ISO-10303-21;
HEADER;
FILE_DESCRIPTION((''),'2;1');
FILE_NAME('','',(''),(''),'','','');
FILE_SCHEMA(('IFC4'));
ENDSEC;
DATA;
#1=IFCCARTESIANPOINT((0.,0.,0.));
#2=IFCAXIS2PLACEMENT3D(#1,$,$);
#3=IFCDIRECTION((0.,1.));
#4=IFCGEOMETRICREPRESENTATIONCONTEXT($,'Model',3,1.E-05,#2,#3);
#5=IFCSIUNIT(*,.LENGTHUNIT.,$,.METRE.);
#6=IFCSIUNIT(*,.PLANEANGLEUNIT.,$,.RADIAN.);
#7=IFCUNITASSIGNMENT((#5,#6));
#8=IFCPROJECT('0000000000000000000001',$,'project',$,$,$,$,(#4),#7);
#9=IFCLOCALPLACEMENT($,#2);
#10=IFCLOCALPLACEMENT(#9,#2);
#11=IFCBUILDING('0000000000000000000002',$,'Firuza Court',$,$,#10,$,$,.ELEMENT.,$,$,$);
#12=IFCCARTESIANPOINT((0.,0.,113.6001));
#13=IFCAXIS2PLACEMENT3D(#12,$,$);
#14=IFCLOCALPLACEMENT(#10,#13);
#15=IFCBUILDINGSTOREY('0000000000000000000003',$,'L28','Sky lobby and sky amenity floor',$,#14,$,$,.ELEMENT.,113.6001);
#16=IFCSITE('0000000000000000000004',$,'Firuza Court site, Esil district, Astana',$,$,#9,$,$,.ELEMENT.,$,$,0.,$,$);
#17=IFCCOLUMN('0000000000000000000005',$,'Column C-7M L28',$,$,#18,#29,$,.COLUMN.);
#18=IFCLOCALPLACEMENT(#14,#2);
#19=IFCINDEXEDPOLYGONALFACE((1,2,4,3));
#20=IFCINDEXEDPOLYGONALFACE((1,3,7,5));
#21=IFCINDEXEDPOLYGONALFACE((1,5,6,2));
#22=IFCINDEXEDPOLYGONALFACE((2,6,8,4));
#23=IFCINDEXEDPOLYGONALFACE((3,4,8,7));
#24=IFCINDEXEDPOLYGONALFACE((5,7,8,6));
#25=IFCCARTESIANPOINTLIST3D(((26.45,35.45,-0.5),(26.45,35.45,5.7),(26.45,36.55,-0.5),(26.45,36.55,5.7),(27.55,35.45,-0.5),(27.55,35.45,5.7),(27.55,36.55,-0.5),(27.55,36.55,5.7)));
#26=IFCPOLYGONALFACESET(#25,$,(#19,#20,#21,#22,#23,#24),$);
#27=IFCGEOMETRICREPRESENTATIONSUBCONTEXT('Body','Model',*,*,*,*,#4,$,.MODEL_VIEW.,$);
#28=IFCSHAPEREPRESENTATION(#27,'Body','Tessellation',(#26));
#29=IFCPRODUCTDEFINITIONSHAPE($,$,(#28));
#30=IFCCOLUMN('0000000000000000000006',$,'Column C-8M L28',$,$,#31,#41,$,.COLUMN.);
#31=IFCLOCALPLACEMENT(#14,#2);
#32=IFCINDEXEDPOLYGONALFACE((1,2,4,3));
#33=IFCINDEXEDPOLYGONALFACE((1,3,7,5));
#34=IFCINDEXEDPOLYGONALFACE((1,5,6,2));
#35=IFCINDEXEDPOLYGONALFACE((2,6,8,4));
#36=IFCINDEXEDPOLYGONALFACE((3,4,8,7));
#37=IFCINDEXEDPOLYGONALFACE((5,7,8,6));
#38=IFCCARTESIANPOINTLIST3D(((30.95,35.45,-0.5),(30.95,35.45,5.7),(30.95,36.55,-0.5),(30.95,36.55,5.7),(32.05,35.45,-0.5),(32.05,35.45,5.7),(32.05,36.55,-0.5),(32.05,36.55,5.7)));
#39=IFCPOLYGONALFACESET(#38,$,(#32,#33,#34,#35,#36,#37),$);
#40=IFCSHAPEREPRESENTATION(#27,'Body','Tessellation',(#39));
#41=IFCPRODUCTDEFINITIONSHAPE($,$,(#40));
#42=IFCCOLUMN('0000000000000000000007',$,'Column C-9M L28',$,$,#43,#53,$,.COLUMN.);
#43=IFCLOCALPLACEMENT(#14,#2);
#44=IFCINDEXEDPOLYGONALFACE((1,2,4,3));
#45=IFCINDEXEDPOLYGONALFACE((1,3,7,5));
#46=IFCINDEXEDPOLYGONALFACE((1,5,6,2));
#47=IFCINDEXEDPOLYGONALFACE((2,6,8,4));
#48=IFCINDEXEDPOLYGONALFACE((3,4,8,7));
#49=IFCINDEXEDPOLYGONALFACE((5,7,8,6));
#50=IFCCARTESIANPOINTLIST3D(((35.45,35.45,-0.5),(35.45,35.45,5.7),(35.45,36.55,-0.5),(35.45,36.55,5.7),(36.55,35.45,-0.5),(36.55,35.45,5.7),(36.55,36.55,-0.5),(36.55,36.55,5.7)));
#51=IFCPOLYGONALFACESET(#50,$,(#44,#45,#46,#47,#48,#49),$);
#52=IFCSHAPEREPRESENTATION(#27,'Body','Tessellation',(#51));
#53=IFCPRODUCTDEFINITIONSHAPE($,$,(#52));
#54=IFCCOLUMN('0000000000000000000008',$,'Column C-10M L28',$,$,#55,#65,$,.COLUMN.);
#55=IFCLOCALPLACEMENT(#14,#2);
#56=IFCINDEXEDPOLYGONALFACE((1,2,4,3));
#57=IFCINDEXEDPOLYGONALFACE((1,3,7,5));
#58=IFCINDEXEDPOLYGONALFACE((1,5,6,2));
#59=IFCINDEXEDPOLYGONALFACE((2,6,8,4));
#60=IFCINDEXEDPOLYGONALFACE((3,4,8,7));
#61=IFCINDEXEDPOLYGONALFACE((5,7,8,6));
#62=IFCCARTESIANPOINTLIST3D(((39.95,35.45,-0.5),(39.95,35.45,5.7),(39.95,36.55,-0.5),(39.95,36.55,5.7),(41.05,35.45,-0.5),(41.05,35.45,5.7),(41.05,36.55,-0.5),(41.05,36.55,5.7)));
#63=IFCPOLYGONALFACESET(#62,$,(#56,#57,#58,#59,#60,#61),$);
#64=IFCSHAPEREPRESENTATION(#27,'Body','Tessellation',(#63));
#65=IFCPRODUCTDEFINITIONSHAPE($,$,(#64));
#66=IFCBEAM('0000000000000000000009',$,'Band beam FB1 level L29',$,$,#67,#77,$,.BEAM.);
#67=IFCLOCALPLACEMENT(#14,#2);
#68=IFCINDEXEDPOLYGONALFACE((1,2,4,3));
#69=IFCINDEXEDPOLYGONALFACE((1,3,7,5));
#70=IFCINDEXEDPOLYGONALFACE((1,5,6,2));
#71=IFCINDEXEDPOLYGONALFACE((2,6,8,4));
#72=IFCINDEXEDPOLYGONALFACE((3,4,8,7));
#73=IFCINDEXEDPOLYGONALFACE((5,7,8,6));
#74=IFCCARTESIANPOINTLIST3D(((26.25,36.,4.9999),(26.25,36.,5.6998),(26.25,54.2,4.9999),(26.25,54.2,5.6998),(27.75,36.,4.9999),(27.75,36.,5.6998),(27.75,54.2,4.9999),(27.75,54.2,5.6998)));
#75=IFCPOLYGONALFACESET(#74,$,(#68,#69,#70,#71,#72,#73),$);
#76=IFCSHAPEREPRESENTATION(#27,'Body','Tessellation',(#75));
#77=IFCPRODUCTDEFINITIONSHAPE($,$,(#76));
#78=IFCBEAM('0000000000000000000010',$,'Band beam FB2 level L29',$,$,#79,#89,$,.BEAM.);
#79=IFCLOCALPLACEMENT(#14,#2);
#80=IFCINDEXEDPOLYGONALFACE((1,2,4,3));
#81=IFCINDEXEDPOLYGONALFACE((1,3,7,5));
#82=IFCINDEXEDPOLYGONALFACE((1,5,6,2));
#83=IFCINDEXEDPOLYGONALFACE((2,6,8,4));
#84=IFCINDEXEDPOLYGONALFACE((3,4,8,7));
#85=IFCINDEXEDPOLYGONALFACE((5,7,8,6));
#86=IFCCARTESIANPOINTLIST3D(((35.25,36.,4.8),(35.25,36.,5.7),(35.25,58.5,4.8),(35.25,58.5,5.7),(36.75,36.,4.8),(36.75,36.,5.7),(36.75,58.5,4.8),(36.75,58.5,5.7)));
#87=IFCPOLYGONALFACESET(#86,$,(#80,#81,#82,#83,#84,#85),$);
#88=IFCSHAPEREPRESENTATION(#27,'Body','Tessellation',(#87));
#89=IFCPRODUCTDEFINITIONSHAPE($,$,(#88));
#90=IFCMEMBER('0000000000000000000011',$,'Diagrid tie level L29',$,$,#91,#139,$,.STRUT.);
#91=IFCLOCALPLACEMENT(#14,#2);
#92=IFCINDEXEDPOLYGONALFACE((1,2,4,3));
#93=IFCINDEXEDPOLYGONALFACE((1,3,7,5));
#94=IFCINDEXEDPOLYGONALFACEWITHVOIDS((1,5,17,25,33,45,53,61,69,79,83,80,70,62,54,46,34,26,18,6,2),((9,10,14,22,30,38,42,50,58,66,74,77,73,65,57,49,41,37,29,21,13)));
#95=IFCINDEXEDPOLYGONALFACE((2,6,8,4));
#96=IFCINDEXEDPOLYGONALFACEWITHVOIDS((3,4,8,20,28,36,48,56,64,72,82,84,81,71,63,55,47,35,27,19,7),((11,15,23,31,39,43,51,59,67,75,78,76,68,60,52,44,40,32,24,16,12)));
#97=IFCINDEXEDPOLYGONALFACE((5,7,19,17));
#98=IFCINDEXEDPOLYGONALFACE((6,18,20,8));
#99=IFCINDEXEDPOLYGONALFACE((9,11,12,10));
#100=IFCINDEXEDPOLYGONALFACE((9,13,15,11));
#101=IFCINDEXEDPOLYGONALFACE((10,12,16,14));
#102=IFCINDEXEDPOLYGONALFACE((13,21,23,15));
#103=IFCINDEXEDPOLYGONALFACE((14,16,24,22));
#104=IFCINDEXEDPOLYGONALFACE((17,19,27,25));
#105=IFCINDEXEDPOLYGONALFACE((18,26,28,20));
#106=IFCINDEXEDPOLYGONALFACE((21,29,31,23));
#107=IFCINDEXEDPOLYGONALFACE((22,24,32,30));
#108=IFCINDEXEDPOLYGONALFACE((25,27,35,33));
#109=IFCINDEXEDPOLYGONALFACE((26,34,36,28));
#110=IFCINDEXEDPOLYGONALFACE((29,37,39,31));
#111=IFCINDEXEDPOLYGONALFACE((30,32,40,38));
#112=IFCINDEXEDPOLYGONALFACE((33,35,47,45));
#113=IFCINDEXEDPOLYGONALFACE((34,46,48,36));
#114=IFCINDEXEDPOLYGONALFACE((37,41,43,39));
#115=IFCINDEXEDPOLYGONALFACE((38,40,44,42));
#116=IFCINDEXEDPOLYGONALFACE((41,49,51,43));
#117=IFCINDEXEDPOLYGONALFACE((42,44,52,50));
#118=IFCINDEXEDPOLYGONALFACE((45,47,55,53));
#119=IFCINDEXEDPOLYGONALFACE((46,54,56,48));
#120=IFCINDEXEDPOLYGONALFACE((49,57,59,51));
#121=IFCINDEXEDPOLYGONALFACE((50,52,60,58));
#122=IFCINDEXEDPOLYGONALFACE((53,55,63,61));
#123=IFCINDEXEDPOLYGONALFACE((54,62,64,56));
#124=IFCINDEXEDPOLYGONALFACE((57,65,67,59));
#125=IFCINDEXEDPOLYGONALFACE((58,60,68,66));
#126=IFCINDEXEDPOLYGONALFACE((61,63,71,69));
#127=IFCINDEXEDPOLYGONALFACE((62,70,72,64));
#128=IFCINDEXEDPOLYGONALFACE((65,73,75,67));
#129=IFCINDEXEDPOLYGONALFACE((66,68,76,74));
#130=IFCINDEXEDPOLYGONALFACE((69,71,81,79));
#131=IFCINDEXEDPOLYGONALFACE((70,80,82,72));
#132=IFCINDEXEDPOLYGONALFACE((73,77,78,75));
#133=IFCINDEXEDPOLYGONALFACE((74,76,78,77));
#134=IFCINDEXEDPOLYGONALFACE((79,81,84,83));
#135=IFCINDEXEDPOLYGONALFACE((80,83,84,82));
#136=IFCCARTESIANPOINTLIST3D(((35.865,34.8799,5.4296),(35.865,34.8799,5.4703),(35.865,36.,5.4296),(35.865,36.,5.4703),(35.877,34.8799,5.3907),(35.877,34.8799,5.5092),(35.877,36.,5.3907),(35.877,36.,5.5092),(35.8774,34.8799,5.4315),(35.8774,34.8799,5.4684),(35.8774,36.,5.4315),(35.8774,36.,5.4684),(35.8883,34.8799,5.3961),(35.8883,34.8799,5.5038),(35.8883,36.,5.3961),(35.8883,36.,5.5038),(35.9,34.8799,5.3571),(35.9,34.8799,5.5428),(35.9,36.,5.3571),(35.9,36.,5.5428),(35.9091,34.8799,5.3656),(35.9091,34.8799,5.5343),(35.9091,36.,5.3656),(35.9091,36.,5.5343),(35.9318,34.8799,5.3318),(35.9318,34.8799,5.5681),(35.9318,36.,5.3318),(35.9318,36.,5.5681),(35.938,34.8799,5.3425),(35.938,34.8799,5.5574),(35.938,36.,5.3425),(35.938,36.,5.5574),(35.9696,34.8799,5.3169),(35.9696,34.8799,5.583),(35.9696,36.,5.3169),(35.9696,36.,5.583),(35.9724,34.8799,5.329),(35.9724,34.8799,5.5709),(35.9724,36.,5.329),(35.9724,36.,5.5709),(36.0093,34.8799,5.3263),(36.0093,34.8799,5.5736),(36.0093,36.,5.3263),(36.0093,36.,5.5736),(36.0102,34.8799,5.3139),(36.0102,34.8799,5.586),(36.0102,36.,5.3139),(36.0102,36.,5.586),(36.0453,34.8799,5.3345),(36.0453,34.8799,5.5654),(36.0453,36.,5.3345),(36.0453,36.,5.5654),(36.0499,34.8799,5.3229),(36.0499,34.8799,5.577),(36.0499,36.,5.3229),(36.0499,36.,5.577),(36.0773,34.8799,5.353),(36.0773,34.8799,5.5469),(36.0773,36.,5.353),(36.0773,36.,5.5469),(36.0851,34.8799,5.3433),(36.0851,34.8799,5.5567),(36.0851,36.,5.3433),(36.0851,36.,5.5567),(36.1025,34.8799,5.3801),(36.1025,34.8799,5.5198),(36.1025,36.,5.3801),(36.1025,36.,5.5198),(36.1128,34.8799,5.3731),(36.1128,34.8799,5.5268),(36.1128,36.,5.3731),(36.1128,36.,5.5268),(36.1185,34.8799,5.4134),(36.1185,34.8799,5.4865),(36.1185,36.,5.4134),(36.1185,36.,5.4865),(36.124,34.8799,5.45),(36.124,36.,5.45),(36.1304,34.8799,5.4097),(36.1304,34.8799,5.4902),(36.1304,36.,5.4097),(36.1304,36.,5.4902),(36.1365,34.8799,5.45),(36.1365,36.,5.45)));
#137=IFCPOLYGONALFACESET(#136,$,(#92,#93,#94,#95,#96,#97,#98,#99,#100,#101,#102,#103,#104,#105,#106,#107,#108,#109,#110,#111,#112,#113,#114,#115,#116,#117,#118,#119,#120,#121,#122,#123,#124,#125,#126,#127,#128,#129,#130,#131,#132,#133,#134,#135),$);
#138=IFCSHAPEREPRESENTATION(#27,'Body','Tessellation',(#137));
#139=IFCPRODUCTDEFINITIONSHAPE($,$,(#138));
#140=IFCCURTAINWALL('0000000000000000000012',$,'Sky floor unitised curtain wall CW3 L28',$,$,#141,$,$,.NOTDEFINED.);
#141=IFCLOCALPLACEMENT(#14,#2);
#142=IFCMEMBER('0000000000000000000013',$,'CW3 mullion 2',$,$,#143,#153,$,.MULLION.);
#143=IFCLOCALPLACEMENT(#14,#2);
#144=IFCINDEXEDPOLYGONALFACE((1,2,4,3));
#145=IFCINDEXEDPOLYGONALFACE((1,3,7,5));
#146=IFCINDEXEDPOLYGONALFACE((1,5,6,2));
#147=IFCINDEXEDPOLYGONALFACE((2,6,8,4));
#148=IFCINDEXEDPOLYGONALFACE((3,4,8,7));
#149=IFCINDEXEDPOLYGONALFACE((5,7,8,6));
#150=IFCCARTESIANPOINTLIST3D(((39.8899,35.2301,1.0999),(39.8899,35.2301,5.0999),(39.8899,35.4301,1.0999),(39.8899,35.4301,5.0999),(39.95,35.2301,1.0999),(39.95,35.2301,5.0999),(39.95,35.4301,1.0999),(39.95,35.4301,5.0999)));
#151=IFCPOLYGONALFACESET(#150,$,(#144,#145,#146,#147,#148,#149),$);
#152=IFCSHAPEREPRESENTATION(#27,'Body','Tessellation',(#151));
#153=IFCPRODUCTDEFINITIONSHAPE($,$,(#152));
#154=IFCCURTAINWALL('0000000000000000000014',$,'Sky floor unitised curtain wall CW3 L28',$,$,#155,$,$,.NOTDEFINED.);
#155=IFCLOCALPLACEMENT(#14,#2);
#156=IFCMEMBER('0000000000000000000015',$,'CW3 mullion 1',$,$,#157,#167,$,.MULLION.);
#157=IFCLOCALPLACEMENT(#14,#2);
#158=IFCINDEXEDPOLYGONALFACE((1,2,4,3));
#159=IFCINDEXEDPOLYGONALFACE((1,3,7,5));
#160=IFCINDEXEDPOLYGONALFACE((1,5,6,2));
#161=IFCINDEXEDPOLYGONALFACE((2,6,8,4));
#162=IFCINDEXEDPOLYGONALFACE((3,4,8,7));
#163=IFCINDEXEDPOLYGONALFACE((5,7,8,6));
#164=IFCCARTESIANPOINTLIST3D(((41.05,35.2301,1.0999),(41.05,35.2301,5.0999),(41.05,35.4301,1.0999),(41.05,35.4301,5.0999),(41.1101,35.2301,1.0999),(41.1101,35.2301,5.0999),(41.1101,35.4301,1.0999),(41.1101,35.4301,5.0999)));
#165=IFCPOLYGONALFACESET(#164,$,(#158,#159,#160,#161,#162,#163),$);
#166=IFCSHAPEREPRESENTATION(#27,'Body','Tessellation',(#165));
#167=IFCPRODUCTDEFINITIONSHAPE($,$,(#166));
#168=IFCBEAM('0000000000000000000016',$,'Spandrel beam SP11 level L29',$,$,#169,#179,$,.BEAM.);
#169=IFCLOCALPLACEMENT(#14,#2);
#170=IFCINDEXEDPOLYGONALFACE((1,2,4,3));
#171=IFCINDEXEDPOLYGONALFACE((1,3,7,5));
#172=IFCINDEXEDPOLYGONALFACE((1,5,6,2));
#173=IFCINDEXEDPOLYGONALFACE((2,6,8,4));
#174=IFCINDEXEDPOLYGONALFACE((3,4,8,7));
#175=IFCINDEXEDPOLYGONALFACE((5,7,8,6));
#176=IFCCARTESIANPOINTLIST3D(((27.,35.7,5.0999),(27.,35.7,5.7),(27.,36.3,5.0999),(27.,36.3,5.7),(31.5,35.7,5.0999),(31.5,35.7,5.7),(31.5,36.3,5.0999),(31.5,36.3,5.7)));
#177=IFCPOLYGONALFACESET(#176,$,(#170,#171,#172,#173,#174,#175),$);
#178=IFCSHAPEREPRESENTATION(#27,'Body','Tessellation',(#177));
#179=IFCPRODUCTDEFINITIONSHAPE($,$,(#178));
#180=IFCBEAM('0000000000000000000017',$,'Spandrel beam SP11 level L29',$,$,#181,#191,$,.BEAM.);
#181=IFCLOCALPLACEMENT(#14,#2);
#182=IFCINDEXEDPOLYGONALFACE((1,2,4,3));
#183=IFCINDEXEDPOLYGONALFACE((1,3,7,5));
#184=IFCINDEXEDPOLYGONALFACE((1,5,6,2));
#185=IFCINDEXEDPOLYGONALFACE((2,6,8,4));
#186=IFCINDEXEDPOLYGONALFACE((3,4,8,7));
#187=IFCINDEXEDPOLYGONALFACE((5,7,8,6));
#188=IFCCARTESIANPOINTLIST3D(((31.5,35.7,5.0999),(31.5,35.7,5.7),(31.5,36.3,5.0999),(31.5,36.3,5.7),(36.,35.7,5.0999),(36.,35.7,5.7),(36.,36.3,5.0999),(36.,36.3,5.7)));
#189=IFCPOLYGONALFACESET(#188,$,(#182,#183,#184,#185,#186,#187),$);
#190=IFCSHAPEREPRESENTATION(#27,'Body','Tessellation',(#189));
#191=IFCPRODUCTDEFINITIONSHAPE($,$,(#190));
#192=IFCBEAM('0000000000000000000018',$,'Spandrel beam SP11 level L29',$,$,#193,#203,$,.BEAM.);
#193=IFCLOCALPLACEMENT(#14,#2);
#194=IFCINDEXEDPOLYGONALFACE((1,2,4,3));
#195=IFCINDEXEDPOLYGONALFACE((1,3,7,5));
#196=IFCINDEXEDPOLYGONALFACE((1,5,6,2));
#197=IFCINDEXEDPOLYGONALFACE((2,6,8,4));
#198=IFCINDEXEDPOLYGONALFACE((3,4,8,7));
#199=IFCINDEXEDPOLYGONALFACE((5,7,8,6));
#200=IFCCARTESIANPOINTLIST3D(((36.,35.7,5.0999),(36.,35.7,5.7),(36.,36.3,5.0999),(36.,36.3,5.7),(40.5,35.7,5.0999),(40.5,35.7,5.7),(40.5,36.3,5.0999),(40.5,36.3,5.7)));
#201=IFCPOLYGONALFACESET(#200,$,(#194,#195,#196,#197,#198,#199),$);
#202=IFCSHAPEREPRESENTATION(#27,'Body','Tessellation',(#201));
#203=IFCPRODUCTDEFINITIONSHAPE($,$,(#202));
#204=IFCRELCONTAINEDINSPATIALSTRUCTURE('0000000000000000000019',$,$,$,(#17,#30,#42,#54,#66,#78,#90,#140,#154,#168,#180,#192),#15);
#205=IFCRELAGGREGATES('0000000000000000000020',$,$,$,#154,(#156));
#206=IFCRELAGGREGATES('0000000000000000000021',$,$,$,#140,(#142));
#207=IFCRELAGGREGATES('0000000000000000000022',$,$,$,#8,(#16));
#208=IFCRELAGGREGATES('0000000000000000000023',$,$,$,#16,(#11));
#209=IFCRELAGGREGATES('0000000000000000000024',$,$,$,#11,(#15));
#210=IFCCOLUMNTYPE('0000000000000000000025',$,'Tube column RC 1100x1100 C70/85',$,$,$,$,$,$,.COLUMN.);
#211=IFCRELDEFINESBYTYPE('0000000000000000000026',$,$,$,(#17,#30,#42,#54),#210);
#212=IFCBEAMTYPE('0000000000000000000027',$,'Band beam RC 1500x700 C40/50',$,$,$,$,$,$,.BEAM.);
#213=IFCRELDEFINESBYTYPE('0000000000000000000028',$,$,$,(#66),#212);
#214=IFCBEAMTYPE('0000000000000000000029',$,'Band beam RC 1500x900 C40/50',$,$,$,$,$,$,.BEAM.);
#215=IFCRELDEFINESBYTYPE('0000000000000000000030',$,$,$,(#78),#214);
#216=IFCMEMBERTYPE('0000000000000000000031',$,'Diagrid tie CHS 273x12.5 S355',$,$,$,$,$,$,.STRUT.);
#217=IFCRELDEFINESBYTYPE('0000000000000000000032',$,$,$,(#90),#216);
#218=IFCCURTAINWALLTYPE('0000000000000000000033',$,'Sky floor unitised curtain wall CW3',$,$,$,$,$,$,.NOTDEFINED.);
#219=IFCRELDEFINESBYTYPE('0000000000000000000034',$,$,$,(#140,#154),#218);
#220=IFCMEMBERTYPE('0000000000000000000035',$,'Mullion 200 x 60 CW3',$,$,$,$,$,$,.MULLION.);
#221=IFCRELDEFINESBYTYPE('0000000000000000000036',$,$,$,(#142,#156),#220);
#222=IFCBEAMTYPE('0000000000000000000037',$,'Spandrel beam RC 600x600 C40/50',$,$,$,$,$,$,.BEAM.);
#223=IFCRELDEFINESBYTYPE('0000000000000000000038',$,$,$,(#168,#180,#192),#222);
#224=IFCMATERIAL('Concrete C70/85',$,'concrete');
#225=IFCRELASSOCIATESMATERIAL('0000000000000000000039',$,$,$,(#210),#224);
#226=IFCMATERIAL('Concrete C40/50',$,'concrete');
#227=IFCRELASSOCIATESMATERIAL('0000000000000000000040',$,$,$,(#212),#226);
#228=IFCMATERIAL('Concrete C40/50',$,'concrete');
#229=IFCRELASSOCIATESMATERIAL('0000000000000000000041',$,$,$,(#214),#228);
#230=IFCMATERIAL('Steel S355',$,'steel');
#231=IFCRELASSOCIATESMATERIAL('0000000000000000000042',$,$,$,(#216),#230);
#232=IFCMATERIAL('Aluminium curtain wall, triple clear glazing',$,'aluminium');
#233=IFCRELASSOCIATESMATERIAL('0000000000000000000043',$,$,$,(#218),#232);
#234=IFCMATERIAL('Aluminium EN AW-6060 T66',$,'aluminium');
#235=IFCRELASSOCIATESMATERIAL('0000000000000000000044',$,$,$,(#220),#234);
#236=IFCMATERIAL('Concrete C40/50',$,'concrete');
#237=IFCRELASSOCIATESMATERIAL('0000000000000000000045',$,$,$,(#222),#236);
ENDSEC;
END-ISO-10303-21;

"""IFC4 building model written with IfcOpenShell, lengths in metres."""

from ifc_helpers import new_model, si_unit, direction, frame, origin, origin_2d, place, context, subcontext, project, spatial, rectangle, hollow_circle, extrude, material, material_profile, profile_set, type_object, element, aggregate, save


model = new_model("IFC4")

# Units and contexts
model_context = context("Model", 3, precision=1e-05, world=origin(), true_north=direction((0.0, 1.0)))
body_context = subcontext(model_context, "Body", "Model", "MODEL_VIEW")
ifc_project = project(units=[si_unit("LENGTHUNIT", "METRE"), si_unit("PLANEANGLEUNIT", "RADIAN")], contexts=[model_context])

# Site, building, storey
site_placement = place(None, origin())
site = spatial("IfcSite", under=ifc_project, at=site_placement, Name="Firuza Court site, Esil district, Astana", CompositionType="ELEMENT", RefElevation=0.0)
building_placement = place(site_placement, origin())
building = spatial("IfcBuilding", under=site, at=building_placement, Name="Firuza Court", CompositionType="ELEMENT")
storey_placement = place(building_placement, frame((0.0, 0.0, 113.6001)))
storey = spatial("IfcBuildingStorey", under=building, at=storey_placement, Name="L28", Description="Sky lobby and sky amenity floor", CompositionType="ELEMENT", Elevation=113.6001)

# Columns
ifc_material_1 = material(Name="Concrete C70/85", Category="concrete")
ifc_material_profile_1 = material_profile(ifc_material_1, rectangle(XDim=1.1001, YDim=1.1001, at=origin_2d()), Name="RC 1100x1100")
ifc_profile_set_1 = profile_set([ifc_material_profile_1], Name="Concrete C70/85")
column_type = type_object("IfcColumnType", Name="Tube column RC 1100x1100 C70/85", PredefinedType="COLUMN", material=ifc_profile_set_1)
for number, where, z_axis, x_axis, name in (
    (1, (27.0, 36.0, -0.5), (0.0, 0.0, 1.0), (1.0, 0.0, 0.0), "Column C-7M L28"),
    (2, (31.5, 36.0, -0.5), (0.0, 0.0, 1.0), (1.0, 0.0, 0.0), "Column C-8M L28"),
    (3, (36.0, 36.0, -0.5), (0.0, 0.0, 1.0), (1.0, 0.0, 0.0), "Column C-9M L28"),
    (4, (40.5, 36.0, -0.5), (0.0, 0.0, 1.0), (1.0, 0.0, 0.0), "Column C-10M L28"),
):
    element("IfcColumn", number, at=place(storey_placement, frame(where, z_axis=z_axis, x_axis=x_axis)), inside=storey, type_object=column_type, Name=name, PredefinedType="COLUMN", context=body_context, shape_type="SweptSolid", body=[
        extrude(rectangle(XDim=1.1001, YDim=1.1001, at=origin_2d()), origin(), (0.0, 0.0, 1.0), 6.2),
    ])

# Beams
ifc_material_2 = material(Name="Concrete C40/50", Category="concrete")
ifc_material_profile_2 = material_profile(ifc_material_2, rectangle(XDim=1.5, YDim=0.7, at=origin_2d()), Name="RC 1500x700")
ifc_profile_set_2 = profile_set([ifc_material_profile_2], Name="Concrete C40/50")
beam_type_1 = type_object("IfcBeamType", Name="Band beam RC 1500x700 C40/50", PredefinedType="BEAM", material=ifc_profile_set_2)
beam_1_placement = place(storey_placement, frame((27.0, 36.0, 5.3499), z_axis=(0.0, 1.0, 0.0), x_axis=(-1.0, 0.0, 0.0)))
element("IfcBeam", 5, at=beam_1_placement, inside=storey, type_object=beam_type_1, Name="Band beam FB1 level L29", PredefinedType="BEAM", context=body_context, shape_type="SweptSolid", body=[
    extrude(rectangle(XDim=1.5, YDim=0.7, at=origin_2d()), origin(), (0.0, 0.0, 1.0), 18.2),
])
ifc_material_3 = material(Name="Concrete C40/50", Category="concrete")
ifc_material_profile_3 = material_profile(ifc_material_3, rectangle(XDim=1.5, YDim=0.8999, at=origin_2d()), Name="RC 1500x900")
ifc_profile_set_3 = profile_set([ifc_material_profile_3], Name="Concrete C40/50")
beam_type_2 = type_object("IfcBeamType", Name="Band beam RC 1500x900 C40/50", PredefinedType="BEAM", material=ifc_profile_set_3)
beam_2_placement = place(storey_placement, frame((36.0, 36.0, 5.25), z_axis=(0.0, 1.0, 0.0), x_axis=(-1.0, 0.0, 0.0)))
element("IfcBeam", 6, at=beam_2_placement, inside=storey, type_object=beam_type_2, Name="Band beam FB2 level L29", PredefinedType="BEAM", context=body_context, shape_type="SweptSolid", body=[
    extrude(rectangle(XDim=1.5, YDim=0.8999, at=origin_2d()), origin(), (0.0, 0.0, 1.0), 22.5),
])

# Member
ifc_material_4 = material(Name="Steel S355", Category="steel")
ifc_material_profile_4 = material_profile(ifc_material_4, hollow_circle(Radius=0.1365, WallThickness=0.0125, at=origin_2d()), Name="CHS 273x12.5")
ifc_profile_set_4 = profile_set([ifc_material_profile_4], Name="Steel S355")
member_type_1 = type_object("IfcMemberType", Name="Diagrid tie CHS 273x12.5 S355", PredefinedType="STRUT", material=ifc_profile_set_4)
member_1_placement = place(storey_placement, frame((36.0, 36.0, 5.45), z_axis=(0.0, -1.0, 0.0), x_axis=(1.0, 0.0, 0.0)))
element("IfcMember", 7, at=member_1_placement, inside=storey, type_object=member_type_1, Name="Diagrid tie level L29", PredefinedType="STRUT", context=body_context, shape_type="SweptSolid", body=[
    extrude(hollow_circle(Radius=0.1365, WallThickness=0.0125, at=origin_2d()), origin(), (0.0, 0.0, 1.0), 1.1201),
])

# Curtain walls, members
ifc_material_5 = material(Name="Aluminium curtain wall, triple clear glazing", Category="aluminium")
curtain_wall_type = type_object("IfcCurtainWallType", Name="Sky floor unitised curtain wall CW3", PredefinedType="NOTDEFINED", material=ifc_material_5)
curtain_wall_1_placement = place(storey_placement, origin())
curtain_wall_1 = element("IfcCurtainWall", 8, at=curtain_wall_1_placement, inside=storey, type_object=curtain_wall_type, Name="Sky floor unitised curtain wall CW3 L28", PredefinedType="NOTDEFINED")
ifc_material_6 = material(Name="Aluminium EN AW-6060 T66", Category="aluminium")
ifc_material_profile_5 = material_profile(ifc_material_6, rectangle(XDim=0.2, YDim=0.0601, at=origin_2d()), Name="Mullion 200 x 60 CW3")
ifc_profile_set_5 = profile_set([ifc_material_profile_5], Name="Aluminium EN AW-6060 T66")
member_type_2 = type_object("IfcMemberType", Name="Mullion 200 x 60 CW3", PredefinedType="MULLION", material=ifc_profile_set_5)
member_2_placement = place(storey_placement, frame((39.9199, 35.3301, 1.0999), z_axis=(0.0, 0.0, 1.0), x_axis=(0.0, 1.0, 0.0)))
member_2 = element("IfcMember", 9, at=member_2_placement, type_object=member_type_2, Name="CW3 mullion 2", PredefinedType="MULLION", context=body_context, shape_type="SweptSolid", body=[
    extrude(rectangle(XDim=0.2, YDim=0.0601, at=origin_2d()), origin(), (0.0, 0.0, 1.0), 4.0),
])
curtain_wall_2_placement = place(storey_placement, origin())
curtain_wall_2 = element("IfcCurtainWall", 10, at=curtain_wall_2_placement, inside=storey, type_object=curtain_wall_type, Name="Sky floor unitised curtain wall CW3 L28", PredefinedType="NOTDEFINED")
member_3_placement = place(storey_placement, frame((41.0801, 35.3301, 1.0999), z_axis=(0.0, 0.0, 1.0), x_axis=(0.0, 1.0, 0.0)))
member_3 = element("IfcMember", 11, at=member_3_placement, type_object=member_type_2, Name="CW3 mullion 1", PredefinedType="MULLION", context=body_context, shape_type="SweptSolid", body=[
    extrude(rectangle(XDim=0.2, YDim=0.0601, at=origin_2d()), origin(), (0.0, 0.0, 1.0), 4.0),
])
aggregate(curtain_wall_2, [member_3])

# Beams
ifc_material_7 = material(Name="Concrete C40/50", Category="concrete")
ifc_material_profile_6 = material_profile(ifc_material_7, rectangle(XDim=0.6001, YDim=0.6001, at=origin_2d()), Name="RC 600x600")
ifc_profile_set_6 = profile_set([ifc_material_profile_6], Name="Concrete C40/50")
beam_type_3 = type_object("IfcBeamType", Name="Spandrel beam RC 600x600 C40/50", PredefinedType="BEAM", material=ifc_profile_set_6)
for number, where, z_axis, x_axis, name in (
    (12, (27.0, 36.0, 5.3999), (1.0, 0.0, 0.0), (0.0, 1.0, 0.0), "Spandrel beam SP11 level L29"),
    (13, (31.5, 36.0, 5.3999), (1.0, 0.0, 0.0), (0.0, 1.0, 0.0), "Spandrel beam SP11 level L29"),
    (14, (36.0, 36.0, 5.3999), (1.0, 0.0, 0.0), (0.0, 1.0, 0.0), "Spandrel beam SP11 level L29"),
):
    element("IfcBeam", number, at=place(storey_placement, frame(where, z_axis=z_axis, x_axis=x_axis)), inside=storey, type_object=beam_type_3, Name=name, PredefinedType="BEAM", context=body_context, shape_type="SweptSolid", body=[
        extrude(rectangle(XDim=0.6001, YDim=0.6001, at=origin_2d()), origin(), (0.0, 0.0, 1.0), 4.5),
    ])

aggregate(curtain_wall_1, [member_2])

save(model, "model.ifc")
